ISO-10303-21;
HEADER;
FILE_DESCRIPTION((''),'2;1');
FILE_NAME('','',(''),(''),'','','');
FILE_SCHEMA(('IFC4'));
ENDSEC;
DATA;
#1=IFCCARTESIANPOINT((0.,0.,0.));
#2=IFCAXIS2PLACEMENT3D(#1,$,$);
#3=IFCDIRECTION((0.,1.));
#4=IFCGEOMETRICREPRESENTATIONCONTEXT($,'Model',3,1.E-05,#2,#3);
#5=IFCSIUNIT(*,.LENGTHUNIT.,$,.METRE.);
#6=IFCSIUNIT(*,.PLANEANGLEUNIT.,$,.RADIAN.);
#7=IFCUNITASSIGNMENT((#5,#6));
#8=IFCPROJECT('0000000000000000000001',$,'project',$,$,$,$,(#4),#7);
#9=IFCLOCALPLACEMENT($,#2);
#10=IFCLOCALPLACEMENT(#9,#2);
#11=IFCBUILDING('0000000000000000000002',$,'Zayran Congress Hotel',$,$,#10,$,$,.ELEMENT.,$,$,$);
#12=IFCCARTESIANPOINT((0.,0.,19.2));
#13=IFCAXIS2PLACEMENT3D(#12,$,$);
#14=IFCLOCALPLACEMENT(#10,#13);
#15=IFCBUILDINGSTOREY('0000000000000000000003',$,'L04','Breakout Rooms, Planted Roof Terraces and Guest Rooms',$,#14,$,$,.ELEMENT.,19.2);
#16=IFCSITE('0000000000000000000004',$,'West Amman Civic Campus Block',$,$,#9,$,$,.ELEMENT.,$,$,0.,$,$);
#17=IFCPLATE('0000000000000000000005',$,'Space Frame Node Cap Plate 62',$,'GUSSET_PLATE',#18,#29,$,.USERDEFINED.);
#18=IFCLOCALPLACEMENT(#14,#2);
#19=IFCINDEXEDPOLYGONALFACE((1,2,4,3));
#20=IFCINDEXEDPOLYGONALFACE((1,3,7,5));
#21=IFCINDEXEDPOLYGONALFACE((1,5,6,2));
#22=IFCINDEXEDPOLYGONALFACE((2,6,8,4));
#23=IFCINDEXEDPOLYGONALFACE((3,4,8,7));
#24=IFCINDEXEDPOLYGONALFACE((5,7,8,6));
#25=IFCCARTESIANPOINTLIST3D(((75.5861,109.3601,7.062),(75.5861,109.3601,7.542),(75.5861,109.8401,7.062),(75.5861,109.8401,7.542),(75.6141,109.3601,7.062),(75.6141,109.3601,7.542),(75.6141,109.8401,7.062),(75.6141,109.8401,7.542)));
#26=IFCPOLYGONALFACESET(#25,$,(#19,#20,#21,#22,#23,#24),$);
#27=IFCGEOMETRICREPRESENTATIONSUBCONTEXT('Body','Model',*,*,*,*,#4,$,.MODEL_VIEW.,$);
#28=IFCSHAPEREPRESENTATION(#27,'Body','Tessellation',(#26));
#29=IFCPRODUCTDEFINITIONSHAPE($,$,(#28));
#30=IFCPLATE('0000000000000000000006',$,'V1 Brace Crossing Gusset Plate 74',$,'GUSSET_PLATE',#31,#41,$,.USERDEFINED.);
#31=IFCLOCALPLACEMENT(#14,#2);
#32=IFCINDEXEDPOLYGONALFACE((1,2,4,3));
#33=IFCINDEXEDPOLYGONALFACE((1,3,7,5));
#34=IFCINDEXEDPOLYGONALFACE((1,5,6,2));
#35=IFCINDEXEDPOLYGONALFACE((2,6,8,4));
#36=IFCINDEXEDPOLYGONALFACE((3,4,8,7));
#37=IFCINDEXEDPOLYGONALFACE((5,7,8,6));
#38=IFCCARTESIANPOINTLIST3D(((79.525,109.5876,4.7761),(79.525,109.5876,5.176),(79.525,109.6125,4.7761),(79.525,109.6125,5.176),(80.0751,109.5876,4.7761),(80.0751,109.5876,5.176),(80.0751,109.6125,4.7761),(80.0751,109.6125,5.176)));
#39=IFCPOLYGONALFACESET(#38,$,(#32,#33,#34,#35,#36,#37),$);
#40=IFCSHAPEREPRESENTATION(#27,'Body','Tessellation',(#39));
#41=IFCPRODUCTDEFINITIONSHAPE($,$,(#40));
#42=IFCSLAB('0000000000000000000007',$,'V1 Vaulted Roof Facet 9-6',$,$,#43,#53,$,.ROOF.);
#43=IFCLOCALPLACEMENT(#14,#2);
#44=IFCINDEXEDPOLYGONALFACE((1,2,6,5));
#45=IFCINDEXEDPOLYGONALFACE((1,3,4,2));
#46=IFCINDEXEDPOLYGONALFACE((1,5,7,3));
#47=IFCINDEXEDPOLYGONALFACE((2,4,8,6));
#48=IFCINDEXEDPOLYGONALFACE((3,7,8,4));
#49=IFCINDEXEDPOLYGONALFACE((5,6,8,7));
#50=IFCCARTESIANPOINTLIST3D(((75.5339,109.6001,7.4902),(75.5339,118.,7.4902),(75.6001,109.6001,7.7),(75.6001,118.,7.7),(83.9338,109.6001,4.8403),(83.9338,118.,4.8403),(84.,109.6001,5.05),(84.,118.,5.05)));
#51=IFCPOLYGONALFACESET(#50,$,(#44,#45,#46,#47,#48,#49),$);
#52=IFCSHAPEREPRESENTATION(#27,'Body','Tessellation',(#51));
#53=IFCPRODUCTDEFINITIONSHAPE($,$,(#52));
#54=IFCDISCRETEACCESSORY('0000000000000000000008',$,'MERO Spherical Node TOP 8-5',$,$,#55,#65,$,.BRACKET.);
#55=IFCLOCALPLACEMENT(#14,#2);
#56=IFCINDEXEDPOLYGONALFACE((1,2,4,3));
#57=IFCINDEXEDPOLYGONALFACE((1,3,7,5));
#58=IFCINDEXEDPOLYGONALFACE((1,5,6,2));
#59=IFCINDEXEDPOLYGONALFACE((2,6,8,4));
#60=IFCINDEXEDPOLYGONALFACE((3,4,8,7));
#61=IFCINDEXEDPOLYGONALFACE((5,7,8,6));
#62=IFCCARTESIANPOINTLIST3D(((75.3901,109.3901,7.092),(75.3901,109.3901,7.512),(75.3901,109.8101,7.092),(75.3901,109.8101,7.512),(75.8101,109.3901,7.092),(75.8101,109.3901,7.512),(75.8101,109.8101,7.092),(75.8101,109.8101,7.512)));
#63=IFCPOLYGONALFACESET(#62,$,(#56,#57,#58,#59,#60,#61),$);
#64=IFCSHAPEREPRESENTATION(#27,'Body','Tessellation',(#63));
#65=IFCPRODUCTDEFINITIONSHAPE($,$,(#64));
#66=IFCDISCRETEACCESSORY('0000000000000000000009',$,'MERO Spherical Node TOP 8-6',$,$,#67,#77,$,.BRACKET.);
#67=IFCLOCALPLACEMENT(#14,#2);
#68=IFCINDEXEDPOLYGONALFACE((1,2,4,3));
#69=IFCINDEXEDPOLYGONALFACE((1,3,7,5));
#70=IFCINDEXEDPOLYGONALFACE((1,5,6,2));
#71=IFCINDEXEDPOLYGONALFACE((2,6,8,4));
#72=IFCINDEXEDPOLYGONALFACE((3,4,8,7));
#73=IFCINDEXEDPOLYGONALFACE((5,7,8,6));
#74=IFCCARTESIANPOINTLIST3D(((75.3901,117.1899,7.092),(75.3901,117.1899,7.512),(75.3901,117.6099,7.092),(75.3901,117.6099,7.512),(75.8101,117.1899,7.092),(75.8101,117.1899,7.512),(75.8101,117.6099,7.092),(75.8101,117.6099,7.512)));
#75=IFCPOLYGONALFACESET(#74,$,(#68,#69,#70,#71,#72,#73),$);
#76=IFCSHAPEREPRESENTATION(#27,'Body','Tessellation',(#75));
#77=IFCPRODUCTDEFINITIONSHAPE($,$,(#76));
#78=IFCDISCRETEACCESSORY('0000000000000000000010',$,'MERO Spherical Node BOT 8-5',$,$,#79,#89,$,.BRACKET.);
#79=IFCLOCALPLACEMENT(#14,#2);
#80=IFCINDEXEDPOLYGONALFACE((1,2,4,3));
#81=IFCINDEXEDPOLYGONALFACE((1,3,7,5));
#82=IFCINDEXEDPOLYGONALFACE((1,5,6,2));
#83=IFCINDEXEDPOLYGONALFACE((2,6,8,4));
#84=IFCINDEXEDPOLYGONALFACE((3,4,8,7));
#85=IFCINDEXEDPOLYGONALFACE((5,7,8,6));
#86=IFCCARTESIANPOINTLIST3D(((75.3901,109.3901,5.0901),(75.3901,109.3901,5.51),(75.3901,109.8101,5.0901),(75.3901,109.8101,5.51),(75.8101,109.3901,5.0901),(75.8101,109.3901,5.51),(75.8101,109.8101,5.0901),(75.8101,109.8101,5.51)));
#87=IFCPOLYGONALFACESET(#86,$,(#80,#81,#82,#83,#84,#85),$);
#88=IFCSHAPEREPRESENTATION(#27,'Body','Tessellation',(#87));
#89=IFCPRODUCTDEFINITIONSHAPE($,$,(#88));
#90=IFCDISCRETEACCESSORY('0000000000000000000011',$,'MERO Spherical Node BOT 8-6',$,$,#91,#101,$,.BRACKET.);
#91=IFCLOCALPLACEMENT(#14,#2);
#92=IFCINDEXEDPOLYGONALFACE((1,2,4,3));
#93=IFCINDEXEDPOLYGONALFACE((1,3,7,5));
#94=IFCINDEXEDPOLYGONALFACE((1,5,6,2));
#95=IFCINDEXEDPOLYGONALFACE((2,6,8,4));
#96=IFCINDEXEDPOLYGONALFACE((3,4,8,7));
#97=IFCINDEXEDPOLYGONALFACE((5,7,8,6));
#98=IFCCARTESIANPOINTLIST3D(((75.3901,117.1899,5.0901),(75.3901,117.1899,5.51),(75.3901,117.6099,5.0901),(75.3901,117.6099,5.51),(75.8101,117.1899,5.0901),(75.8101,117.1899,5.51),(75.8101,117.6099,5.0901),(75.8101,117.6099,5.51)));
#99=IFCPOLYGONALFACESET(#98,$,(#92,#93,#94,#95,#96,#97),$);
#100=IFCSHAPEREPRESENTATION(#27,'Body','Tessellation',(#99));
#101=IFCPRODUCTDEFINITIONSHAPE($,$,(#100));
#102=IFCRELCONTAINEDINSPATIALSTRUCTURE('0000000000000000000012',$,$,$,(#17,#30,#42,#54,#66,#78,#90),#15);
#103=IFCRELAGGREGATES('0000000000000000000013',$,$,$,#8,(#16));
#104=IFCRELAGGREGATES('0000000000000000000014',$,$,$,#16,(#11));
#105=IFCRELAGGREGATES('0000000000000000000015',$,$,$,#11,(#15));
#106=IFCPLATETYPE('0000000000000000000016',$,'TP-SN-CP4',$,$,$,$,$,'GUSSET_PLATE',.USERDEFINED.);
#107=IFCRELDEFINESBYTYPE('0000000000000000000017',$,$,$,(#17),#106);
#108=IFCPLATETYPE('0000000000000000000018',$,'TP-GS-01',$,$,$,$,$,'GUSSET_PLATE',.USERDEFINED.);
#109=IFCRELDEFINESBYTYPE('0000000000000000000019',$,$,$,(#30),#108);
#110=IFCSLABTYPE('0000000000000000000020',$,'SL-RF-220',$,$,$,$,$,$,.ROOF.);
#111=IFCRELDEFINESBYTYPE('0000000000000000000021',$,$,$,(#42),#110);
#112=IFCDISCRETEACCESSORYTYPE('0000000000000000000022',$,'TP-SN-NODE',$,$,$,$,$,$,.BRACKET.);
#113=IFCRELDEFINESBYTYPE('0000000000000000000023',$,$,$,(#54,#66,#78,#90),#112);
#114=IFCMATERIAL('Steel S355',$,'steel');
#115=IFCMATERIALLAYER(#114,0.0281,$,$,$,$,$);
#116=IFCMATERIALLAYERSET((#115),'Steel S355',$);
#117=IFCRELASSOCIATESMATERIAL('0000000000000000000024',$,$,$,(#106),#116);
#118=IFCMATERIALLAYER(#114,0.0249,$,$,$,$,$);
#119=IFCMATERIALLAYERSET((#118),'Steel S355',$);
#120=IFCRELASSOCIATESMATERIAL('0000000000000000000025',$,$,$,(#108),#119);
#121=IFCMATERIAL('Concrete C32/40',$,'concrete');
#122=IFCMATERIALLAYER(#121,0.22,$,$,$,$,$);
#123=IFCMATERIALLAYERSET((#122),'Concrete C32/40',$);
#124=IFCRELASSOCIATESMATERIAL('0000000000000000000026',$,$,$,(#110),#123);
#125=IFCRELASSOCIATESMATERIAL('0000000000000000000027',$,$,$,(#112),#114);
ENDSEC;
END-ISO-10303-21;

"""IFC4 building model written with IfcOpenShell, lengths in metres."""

from ifc_helpers import new_model, si_unit, direction, frame, origin, origin_2d, place, context, subcontext, project, spatial, polyline, rectangle, outline, extrude, material, layer, layer_set, type_object, element, save


model = new_model("IFC4")

# Units and contexts
model_context = context("Model", 3, precision=1e-05, world=origin(), true_north=direction((0.0, 1.0)))
body_context = subcontext(model_context, "Body", "Model", "MODEL_VIEW")
ifc_project = project(units=[si_unit("LENGTHUNIT", "METRE"), si_unit("PLANEANGLEUNIT", "RADIAN")], contexts=[model_context])

# Site, building, storey
site_placement = place(None, origin())
site = spatial("IfcSite", under=ifc_project, at=site_placement, Name="West Amman Civic Campus Block", CompositionType="ELEMENT", RefElevation=0.0)
building_placement = place(site_placement, origin())
building = spatial("IfcBuilding", under=site, at=building_placement, Name="Zayran Congress Hotel", CompositionType="ELEMENT")
storey_placement = place(building_placement, frame((0.0, 0.0, 19.2)))
storey = spatial("IfcBuildingStorey", under=building, at=storey_placement, Name="L04", Description="Breakout Rooms, Planted Roof Terraces and Guest Rooms", CompositionType="ELEMENT", Elevation=19.2)

# Shared definitions
ifc_material_1 = material(Name="Steel S355", Category="steel")

# Plates
ifc_layer_1 = layer(ifc_material_1, 0.0281)
ifc_layer_set_1 = layer_set([ifc_layer_1], Name="Steel S355")
plate_type_1 = type_object("IfcPlateType", Name="TP-SN-CP4", ElementType="GUSSET_PLATE", PredefinedType="USERDEFINED", material=ifc_layer_set_1)
plate_1_placement = place(storey_placement, frame((75.6001, 109.6001, 7.062), z_axis=(0.0, 0.0, 1.0), x_axis=(0.0, 1.0, 0.0)))
element("IfcPlate", 1, at=plate_1_placement, inside=storey, type_object=plate_type_1, Name="Space Frame Node Cap Plate 62", ObjectType="GUSSET_PLATE", PredefinedType="USERDEFINED", context=body_context, shape_type="SweptSolid", body=[
    extrude(rectangle(XDim=0.48, YDim=0.0281, at=origin_2d()), origin(), (0.0, 0.0, 1.0), 0.48),
])
ifc_layer_2 = layer(ifc_material_1, 0.0249)
ifc_layer_set_2 = layer_set([ifc_layer_2], Name="Steel S355")
plate_type_2 = type_object("IfcPlateType", Name="TP-GS-01", ElementType="GUSSET_PLATE", PredefinedType="USERDEFINED", material=ifc_layer_set_2)
plate_2_placement = place(storey_placement, frame((79.8, 109.6001, 4.7761), z_axis=(0.0, 0.0, 1.0), x_axis=(1.0, 0.0, 0.0)))
element("IfcPlate", 2, at=plate_2_placement, inside=storey, type_object=plate_type_2, Name="V1 Brace Crossing Gusset Plate 74", ObjectType="GUSSET_PLATE", PredefinedType="USERDEFINED", context=body_context, shape_type="SweptSolid", body=[
    extrude(rectangle(XDim=0.55, YDim=0.0249, at=origin_2d()), origin(), (0.0, 0.0, 1.0), 0.3999),
])

# Slab
ifc_material_2 = material(Name="Concrete C32/40", Category="concrete")
ifc_layer_3 = layer(ifc_material_2, 0.22)
ifc_layer_set_3 = layer_set([ifc_layer_3], Name="Concrete C32/40")
slab_type = type_object("IfcSlabType", Name="SL-RF-220", PredefinedType="ROOF", material=ifc_layer_set_3)
slab_placement = place(storey_placement, frame((75.6001, 109.6001, 7.7), z_axis=(0.300853, 0.0, 0.953671), x_axis=(0.953671, 0.0, -0.300853)))
element("IfcSlab", 3, at=slab_placement, inside=storey, type_object=slab_type, Name="V1 Vaulted Roof Facet 9-6", PredefinedType="ROOF", context=body_context, shape_type="SweptSolid", body=[
    extrude(outline(polyline([(0.0, 0.0), (8.808, 0.0), (8.808, 8.3999), (0.0, 8.3999), (0.0, 0.0)])), origin(), (0.0, 0.0, -1.0), 0.22),
])

# Discrete accessories
discrete_accessory_type = type_object("IfcDiscreteAccessoryType", Name="TP-SN-NODE", PredefinedType="BRACKET", material=ifc_material_1)
for number, where, z_axis, x_axis, name in (
    (4, (75.6001, 109.6001, 7.092), (0.0, 0.0, 1.0), (1.0, 0.0, 0.0), "MERO Spherical Node TOP 8-5"),
    (5, (75.6001, 117.3999, 7.092), (0.0, 0.0, 1.0), (1.0, 0.0, 0.0), "MERO Spherical Node TOP 8-6"),
    (6, (75.6001, 109.6001, 5.0901), (0.0, 0.0, 1.0), (1.0, 0.0, 0.0), "MERO Spherical Node BOT 8-5"),
    (7, (75.6001, 117.3999, 5.0901), (0.0, 0.0, 1.0), (1.0, 0.0, 0.0), "MERO Spherical Node BOT 8-6"),
):
    element("IfcDiscreteAccessory", number, at=place(storey_placement, frame(where, z_axis=z_axis, x_axis=x_axis)), inside=storey, type_object=discrete_accessory_type, Name=name, PredefinedType="BRACKET", context=body_context, shape_type="SweptSolid", body=[
        extrude(rectangle(XDim=0.4199, YDim=0.4199, at=origin_2d()), origin(), (0.0, 0.0, 1.0), 0.4199),
    ])

save(model, "model.ifc")
